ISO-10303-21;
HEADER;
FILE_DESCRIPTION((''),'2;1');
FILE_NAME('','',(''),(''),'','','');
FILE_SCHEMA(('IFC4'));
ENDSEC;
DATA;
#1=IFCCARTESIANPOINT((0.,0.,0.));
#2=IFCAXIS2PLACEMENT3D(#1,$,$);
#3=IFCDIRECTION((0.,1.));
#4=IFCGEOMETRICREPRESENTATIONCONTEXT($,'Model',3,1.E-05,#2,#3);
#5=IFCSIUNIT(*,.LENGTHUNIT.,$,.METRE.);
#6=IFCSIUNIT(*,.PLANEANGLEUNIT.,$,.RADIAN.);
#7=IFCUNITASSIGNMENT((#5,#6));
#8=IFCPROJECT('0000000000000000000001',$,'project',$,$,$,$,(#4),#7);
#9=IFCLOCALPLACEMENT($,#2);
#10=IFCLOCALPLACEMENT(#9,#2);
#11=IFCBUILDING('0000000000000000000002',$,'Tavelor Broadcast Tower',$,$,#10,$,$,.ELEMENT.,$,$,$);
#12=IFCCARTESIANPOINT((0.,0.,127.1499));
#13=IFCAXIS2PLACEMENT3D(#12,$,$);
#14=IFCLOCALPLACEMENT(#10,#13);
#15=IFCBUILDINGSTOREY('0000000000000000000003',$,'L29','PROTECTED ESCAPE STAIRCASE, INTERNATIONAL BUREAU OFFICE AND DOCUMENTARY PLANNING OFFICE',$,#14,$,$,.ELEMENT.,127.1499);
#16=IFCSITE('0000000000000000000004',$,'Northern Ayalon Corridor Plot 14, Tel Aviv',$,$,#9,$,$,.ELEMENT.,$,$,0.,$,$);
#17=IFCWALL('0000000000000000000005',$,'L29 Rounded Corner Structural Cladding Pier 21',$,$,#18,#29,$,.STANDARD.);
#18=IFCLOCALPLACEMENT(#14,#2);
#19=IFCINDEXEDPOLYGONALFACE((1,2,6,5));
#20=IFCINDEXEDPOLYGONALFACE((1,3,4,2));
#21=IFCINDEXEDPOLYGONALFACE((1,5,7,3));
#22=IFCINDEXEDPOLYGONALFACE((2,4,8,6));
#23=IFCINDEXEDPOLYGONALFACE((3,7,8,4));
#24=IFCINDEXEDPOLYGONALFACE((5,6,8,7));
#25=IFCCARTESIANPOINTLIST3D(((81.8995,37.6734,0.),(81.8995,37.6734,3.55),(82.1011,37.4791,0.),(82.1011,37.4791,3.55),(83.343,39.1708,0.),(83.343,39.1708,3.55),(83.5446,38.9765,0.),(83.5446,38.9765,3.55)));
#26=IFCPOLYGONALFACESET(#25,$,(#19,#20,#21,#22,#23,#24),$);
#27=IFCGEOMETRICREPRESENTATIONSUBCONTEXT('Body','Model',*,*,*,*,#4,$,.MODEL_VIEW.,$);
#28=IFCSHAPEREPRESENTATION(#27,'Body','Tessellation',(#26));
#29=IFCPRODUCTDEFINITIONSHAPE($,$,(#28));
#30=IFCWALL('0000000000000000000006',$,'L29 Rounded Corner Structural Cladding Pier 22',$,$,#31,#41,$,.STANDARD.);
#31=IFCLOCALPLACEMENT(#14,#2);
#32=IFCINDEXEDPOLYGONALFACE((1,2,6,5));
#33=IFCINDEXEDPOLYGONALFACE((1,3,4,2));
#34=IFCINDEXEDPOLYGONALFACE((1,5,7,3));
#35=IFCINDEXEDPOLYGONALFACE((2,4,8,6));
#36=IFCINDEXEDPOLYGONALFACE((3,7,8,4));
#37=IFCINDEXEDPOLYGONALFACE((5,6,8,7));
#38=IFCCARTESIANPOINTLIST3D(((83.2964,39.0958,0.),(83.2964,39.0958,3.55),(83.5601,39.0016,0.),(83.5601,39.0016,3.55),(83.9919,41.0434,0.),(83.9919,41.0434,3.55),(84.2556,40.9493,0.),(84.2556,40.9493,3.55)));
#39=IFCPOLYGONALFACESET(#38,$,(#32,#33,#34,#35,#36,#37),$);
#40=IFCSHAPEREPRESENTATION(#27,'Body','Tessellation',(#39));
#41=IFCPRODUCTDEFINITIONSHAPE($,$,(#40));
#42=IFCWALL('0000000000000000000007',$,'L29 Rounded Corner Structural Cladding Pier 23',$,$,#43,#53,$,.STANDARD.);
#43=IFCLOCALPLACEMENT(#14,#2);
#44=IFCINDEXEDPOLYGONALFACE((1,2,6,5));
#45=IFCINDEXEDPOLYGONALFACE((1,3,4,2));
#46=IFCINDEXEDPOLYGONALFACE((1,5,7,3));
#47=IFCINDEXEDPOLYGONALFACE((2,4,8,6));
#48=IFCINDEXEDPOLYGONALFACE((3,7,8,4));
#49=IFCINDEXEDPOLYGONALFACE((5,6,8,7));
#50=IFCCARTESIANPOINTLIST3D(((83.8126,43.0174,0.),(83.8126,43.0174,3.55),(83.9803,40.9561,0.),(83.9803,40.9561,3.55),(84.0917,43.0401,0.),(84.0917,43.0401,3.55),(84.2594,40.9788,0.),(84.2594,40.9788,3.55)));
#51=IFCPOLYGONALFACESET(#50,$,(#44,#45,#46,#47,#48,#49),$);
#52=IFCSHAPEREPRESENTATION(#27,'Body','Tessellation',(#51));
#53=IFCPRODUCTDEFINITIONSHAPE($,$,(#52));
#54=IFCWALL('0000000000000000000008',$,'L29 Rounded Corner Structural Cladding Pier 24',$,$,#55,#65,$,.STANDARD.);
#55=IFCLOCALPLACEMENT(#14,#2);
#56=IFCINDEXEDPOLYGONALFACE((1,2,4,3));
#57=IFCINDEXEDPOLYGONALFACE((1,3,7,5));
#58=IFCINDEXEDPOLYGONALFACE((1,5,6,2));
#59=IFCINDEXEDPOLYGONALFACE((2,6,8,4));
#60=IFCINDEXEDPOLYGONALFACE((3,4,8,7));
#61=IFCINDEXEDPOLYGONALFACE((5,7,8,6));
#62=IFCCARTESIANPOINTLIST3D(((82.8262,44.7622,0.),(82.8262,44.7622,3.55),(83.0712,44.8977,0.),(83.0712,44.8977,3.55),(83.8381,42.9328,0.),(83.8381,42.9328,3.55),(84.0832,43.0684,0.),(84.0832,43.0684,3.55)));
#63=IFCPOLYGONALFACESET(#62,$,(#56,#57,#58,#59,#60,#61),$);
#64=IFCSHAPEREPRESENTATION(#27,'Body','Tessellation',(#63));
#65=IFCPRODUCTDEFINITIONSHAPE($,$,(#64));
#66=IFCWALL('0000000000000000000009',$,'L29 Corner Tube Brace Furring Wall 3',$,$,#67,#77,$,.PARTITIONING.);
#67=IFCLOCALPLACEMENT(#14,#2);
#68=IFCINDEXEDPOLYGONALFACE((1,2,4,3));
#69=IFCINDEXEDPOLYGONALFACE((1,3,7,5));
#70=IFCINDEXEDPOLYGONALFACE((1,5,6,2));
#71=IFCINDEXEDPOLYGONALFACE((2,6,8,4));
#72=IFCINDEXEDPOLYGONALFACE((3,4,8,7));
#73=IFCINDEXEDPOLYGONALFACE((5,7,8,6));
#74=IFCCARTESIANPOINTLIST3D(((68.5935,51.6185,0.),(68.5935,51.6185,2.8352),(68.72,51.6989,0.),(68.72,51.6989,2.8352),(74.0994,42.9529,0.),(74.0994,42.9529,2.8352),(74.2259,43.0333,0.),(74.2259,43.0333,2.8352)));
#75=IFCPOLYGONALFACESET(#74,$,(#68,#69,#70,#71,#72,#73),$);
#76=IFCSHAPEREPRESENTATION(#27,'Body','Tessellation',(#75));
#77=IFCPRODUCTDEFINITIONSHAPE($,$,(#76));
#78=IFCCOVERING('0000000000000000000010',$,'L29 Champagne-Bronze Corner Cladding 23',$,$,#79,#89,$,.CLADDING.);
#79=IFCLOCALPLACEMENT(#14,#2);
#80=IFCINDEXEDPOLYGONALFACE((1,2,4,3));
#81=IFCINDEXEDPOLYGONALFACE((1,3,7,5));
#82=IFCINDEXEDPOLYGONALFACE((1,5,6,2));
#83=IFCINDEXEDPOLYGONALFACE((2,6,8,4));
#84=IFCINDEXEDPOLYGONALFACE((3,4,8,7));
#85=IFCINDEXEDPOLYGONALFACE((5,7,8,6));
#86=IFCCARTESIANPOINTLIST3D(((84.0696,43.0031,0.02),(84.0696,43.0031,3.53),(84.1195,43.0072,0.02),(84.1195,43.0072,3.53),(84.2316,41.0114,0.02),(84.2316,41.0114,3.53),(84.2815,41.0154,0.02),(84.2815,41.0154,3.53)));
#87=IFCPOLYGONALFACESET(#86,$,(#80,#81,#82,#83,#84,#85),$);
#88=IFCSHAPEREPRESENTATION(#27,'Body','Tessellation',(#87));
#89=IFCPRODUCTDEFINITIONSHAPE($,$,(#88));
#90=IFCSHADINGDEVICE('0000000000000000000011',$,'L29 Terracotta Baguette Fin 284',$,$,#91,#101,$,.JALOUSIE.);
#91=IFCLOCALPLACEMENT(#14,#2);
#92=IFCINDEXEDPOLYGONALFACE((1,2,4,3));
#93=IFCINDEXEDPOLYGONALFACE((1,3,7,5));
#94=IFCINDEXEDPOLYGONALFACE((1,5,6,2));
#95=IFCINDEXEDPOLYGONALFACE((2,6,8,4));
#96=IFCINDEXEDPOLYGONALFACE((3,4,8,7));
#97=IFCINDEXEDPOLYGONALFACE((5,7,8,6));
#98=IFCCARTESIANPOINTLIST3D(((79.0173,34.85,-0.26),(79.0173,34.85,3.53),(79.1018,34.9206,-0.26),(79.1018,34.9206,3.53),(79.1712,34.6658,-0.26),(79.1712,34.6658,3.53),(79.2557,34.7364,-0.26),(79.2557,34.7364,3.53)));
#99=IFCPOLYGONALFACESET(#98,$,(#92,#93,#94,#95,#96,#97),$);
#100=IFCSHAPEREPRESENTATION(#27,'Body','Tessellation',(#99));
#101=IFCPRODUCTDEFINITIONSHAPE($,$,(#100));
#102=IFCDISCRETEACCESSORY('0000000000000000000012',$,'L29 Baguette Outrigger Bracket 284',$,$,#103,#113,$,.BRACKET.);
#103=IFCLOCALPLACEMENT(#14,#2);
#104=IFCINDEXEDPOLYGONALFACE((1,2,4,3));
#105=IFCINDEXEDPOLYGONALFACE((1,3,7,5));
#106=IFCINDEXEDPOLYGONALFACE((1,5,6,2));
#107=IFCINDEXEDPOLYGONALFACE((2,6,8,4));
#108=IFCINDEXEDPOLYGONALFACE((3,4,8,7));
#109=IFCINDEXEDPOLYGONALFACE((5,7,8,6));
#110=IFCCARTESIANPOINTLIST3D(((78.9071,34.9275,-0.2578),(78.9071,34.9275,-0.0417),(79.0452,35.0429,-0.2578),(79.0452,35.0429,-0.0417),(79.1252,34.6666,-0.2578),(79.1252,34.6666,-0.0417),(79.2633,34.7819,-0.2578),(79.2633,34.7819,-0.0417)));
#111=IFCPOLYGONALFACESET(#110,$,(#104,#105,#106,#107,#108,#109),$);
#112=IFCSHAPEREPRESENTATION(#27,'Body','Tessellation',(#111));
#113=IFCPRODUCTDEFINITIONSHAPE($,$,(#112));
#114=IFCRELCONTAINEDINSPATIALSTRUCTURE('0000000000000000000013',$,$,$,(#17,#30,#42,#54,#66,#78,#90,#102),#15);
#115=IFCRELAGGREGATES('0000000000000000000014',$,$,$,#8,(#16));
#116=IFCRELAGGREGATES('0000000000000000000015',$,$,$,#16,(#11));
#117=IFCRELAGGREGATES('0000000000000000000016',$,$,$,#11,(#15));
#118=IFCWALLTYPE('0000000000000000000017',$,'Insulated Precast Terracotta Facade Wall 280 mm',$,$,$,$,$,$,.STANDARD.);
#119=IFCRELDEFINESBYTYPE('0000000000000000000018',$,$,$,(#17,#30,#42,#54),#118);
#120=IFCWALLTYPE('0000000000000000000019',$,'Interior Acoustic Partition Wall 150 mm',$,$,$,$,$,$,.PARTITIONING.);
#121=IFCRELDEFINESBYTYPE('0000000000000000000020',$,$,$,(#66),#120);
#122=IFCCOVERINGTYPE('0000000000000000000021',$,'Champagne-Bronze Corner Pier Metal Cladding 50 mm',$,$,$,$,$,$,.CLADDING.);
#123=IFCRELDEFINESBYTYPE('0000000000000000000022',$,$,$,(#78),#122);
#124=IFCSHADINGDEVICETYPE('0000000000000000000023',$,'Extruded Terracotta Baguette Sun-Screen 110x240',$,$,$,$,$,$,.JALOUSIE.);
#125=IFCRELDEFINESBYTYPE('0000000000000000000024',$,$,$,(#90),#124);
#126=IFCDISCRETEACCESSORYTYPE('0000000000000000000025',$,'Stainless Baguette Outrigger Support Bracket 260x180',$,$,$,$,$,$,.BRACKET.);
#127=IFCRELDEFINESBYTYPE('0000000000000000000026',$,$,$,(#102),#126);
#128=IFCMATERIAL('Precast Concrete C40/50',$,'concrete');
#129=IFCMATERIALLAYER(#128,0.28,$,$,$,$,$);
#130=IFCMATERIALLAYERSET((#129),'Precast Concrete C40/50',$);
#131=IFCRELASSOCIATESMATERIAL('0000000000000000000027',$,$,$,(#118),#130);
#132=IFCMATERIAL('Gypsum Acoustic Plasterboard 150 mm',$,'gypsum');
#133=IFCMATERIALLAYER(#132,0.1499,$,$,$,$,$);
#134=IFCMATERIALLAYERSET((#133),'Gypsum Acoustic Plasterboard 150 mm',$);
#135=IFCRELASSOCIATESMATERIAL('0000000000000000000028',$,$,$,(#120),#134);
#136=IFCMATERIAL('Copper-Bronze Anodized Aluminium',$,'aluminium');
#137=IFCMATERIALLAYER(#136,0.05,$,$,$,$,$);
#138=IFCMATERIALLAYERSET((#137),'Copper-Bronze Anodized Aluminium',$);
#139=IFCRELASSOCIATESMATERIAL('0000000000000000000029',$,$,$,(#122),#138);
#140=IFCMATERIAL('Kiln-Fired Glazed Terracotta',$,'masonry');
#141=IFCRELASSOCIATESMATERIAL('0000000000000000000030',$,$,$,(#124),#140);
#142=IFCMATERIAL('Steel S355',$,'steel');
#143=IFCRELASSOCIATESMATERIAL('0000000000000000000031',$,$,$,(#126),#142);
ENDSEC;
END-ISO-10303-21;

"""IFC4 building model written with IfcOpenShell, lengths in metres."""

from ifc_helpers import new_model, si_unit, direction, frame, frame_2d, origin, origin_2d, place, context, subcontext, project, spatial, rectangle, extrude, source, transform, mapped, material, layer, layer_set, type_object, type_shapes, element, save


model = new_model("IFC4")

# Units and contexts
model_context = context("Model", 3, precision=1e-05, world=origin(), true_north=direction((0.0, 1.0)))
body_context = subcontext(model_context, "Body", "Model", "MODEL_VIEW")
ifc_project = project(units=[si_unit("LENGTHUNIT", "METRE"), si_unit("PLANEANGLEUNIT", "RADIAN")], contexts=[model_context])

# Site, building, storey
site_placement = place(None, origin())
site = spatial("IfcSite", under=ifc_project, at=site_placement, Name="Northern Ayalon Corridor Plot 14, Tel Aviv", CompositionType="ELEMENT", RefElevation=0.0)
building_placement = place(site_placement, origin())
building = spatial("IfcBuilding", under=site, at=building_placement, Name="Tavelor Broadcast Tower", CompositionType="ELEMENT")
storey_placement = place(building_placement, frame((0.0, 0.0, 127.1499)))
storey = spatial("IfcBuildingStorey", under=building, at=storey_placement, Name="L29", Description="PROTECTED ESCAPE STAIRCASE, INTERNATIONAL BUREAU OFFICE AND DOCUMENTARY PLANNING OFFICE", CompositionType="ELEMENT", Elevation=127.1499)

# Shared definitions
ifc_material_1 = material(Name="Steel S355", Category="steel")

# Walls
ifc_material_2 = material(Name="Precast Concrete C40/50", Category="concrete")
ifc_layer_1 = layer(ifc_material_2, 0.28)
ifc_layer_set_1 = layer_set([ifc_layer_1], Name="Precast Concrete C40/50")
wall_type_1 = type_object("IfcWallType", Name="Insulated Precast Terracotta Facade Wall 280 mm", PredefinedType="STANDARD", material=ifc_layer_set_1)
wall_1_placement = place(storey_placement, frame((82.0002, 37.5762, 0.0), z_axis=(0.0, 0.0, 1.0), x_axis=(0.694016, 0.71996, 0.0)))
element("IfcWall", 1, at=wall_1_placement, inside=storey, type_object=wall_type_1, Name="L29 Rounded Corner Structural Cladding Pier 21", PredefinedType="STANDARD", context=body_context, shape_type="SweptSolid", body=[
    extrude(rectangle(XDim=2.0798, YDim=0.28, at=frame_2d((1.04, 0.0))), origin(), (0.0, 0.0, 1.0), 3.55),
])
for number, where, z_axis, x_axis, name in (
    (2, (83.4282, 39.0486, 0.0), (0.0, 0.0, 1.0), (0.336306, 0.941753, 0.0), "L29 Rounded Corner Structural Cladding Pier 22"),
    (3, (84.1199, 40.9673, 0.0), (0.0, 0.0, 1.0), (-0.081101, 0.996706, 0.0), "L29 Rounded Corner Structural Cladding Pier 23"),
):
    element("IfcWall", number, at=place(storey_placement, frame(where, z_axis=z_axis, x_axis=x_axis)), inside=storey, type_object=wall_type_1, Name=name, PredefinedType="STANDARD", context=body_context, shape_type="SweptSolid", body=[
        extrude(rectangle(XDim=2.0681, YDim=0.28, at=frame_2d((1.0342, 0.0))), origin(), (0.0, 0.0, 1.0), 3.55),
    ])
wall_2_placement = place(storey_placement, frame((83.9607, 43.0005, 0.0), z_axis=(0.0, 0.0, 1.0), x_axis=(-0.484056, 0.875037, 0.0)))
element("IfcWall", 4, at=wall_2_placement, inside=storey, type_object=wall_type_1, Name="L29 Rounded Corner Structural Cladding Pier 24", PredefinedType="STANDARD", context=body_context, shape_type="SweptSolid", body=[
    extrude(rectangle(XDim=2.0906, YDim=0.28, at=frame_2d((1.0454, 0.0))), origin(), (0.0, 0.0, 1.0), 3.55),
])
ifc_material_3 = material(Name="Gypsum Acoustic Plasterboard 150 mm", Category="gypsum")
ifc_layer_2 = layer(ifc_material_3, 0.1499)
ifc_layer_set_2 = layer_set([ifc_layer_2], Name="Gypsum Acoustic Plasterboard 150 mm")
wall_type_2 = type_object("IfcWallType", Name="Interior Acoustic Partition Wall 150 mm", PredefinedType="PARTITIONING", material=ifc_layer_set_2)
wall_3_placement = place(storey_placement, frame((74.1626, 42.9932, 0.0), z_axis=(0.0, 0.0, 1.0), x_axis=(-0.536281, 0.844039, 0.0)))
element("IfcWall", 5, at=wall_3_placement, inside=storey, type_object=wall_type_2, Name="L29 Corner Tube Brace Furring Wall 3", PredefinedType="PARTITIONING", context=body_context, shape_type="SweptSolid", body=[
    extrude(rectangle(XDim=10.2668, YDim=0.1499, at=frame_2d((5.1333, 0.0))), origin(), (0.0, 0.0, 1.0), 2.8352),
])

# Covering
ifc_material_4 = material(Name="Copper-Bronze Anodized Aluminium", Category="aluminium")
ifc_layer_3 = layer(ifc_material_4, 0.05)
ifc_layer_set_3 = layer_set([ifc_layer_3], Name="Copper-Bronze Anodized Aluminium")
covering_type = type_object("IfcCoveringType", Name="Champagne-Bronze Corner Pier Metal Cladding 50 mm", PredefinedType="CLADDING", material=ifc_layer_set_3)
covering_placement = place(storey_placement, frame((84.1755, 42.0093, 0.02), z_axis=(0.0, 0.0, 1.0), x_axis=(-0.081069, 0.996709, 0.0)))
element("IfcCovering", 6, at=covering_placement, inside=storey, type_object=covering_type, Name="L29 Champagne-Bronze Corner Cladding 23", PredefinedType="CLADDING", context=body_context, shape_type="SweptSolid", body=[
    extrude(rectangle(XDim=1.9983, YDim=0.05, at=origin_2d()), origin(), (0.0, 0.0, 1.0), 3.51),
])

# Shading device
ifc_material_5 = material(Name="Kiln-Fired Glazed Terracotta", Category="masonry")
shading_device_type = type_object("IfcShadingDeviceType", Name="Extruded Terracotta Baguette Sun-Screen 110x240", PredefinedType="JALOUSIE", material=ifc_material_5)
shared_shape_1 = source(origin(), body_context, "Body", "SweptSolid", [
    extrude(rectangle(XDim=0.1101, YDim=0.24, at=origin_2d()), origin(), (0.0, 0.0, 1.0), 3.79),
])
type_shapes(shading_device_type, [shared_shape_1])
shading_device_placement = place(storey_placement, frame((79.1365, 34.7932, -0.26), z_axis=(0.0, 0.0, 1.0), x_axis=(0.767389, 0.641182, 0.0)))
element("IfcShadingDevice", 7, at=shading_device_placement, inside=storey, type_object=shading_device_type, Name="L29 Terracotta Baguette Fin 284", PredefinedType="JALOUSIE", context=body_context, shape_type="MappedRepresentation", body=[
    mapped(shared_shape_1, transform((0.0, 0.0, 0.0), scale=1.0)),
])

# Discrete accessory
discrete_accessory_type = type_object("IfcDiscreteAccessoryType", Name="Stainless Baguette Outrigger Support Bracket 260x180", PredefinedType="BRACKET", material=ifc_material_1)
shared_shape_2 = source(origin(), body_context, "Body", "SweptSolid", [
    extrude(rectangle(XDim=0.1799, YDim=0.3401, at=origin_2d()), origin(), (0.0, 0.0, 1.0), 0.2161),
])
type_shapes(discrete_accessory_type, [shared_shape_2])
discrete_accessory_placement = place(storey_placement, frame((79.0852, 34.8547, -0.2578), z_axis=(0.0, 0.0, 1.0), x_axis=(0.767389, 0.641182, 0.0)))
element("IfcDiscreteAccessory", 8, at=discrete_accessory_placement, inside=storey, type_object=discrete_accessory_type, Name="L29 Baguette Outrigger Bracket 284", PredefinedType="BRACKET", context=body_context, shape_type="MappedRepresentation", body=[
    mapped(shared_shape_2, transform((0.0, 0.0, 0.0), scale=1.0)),
])

save(model, "model.ifc")
